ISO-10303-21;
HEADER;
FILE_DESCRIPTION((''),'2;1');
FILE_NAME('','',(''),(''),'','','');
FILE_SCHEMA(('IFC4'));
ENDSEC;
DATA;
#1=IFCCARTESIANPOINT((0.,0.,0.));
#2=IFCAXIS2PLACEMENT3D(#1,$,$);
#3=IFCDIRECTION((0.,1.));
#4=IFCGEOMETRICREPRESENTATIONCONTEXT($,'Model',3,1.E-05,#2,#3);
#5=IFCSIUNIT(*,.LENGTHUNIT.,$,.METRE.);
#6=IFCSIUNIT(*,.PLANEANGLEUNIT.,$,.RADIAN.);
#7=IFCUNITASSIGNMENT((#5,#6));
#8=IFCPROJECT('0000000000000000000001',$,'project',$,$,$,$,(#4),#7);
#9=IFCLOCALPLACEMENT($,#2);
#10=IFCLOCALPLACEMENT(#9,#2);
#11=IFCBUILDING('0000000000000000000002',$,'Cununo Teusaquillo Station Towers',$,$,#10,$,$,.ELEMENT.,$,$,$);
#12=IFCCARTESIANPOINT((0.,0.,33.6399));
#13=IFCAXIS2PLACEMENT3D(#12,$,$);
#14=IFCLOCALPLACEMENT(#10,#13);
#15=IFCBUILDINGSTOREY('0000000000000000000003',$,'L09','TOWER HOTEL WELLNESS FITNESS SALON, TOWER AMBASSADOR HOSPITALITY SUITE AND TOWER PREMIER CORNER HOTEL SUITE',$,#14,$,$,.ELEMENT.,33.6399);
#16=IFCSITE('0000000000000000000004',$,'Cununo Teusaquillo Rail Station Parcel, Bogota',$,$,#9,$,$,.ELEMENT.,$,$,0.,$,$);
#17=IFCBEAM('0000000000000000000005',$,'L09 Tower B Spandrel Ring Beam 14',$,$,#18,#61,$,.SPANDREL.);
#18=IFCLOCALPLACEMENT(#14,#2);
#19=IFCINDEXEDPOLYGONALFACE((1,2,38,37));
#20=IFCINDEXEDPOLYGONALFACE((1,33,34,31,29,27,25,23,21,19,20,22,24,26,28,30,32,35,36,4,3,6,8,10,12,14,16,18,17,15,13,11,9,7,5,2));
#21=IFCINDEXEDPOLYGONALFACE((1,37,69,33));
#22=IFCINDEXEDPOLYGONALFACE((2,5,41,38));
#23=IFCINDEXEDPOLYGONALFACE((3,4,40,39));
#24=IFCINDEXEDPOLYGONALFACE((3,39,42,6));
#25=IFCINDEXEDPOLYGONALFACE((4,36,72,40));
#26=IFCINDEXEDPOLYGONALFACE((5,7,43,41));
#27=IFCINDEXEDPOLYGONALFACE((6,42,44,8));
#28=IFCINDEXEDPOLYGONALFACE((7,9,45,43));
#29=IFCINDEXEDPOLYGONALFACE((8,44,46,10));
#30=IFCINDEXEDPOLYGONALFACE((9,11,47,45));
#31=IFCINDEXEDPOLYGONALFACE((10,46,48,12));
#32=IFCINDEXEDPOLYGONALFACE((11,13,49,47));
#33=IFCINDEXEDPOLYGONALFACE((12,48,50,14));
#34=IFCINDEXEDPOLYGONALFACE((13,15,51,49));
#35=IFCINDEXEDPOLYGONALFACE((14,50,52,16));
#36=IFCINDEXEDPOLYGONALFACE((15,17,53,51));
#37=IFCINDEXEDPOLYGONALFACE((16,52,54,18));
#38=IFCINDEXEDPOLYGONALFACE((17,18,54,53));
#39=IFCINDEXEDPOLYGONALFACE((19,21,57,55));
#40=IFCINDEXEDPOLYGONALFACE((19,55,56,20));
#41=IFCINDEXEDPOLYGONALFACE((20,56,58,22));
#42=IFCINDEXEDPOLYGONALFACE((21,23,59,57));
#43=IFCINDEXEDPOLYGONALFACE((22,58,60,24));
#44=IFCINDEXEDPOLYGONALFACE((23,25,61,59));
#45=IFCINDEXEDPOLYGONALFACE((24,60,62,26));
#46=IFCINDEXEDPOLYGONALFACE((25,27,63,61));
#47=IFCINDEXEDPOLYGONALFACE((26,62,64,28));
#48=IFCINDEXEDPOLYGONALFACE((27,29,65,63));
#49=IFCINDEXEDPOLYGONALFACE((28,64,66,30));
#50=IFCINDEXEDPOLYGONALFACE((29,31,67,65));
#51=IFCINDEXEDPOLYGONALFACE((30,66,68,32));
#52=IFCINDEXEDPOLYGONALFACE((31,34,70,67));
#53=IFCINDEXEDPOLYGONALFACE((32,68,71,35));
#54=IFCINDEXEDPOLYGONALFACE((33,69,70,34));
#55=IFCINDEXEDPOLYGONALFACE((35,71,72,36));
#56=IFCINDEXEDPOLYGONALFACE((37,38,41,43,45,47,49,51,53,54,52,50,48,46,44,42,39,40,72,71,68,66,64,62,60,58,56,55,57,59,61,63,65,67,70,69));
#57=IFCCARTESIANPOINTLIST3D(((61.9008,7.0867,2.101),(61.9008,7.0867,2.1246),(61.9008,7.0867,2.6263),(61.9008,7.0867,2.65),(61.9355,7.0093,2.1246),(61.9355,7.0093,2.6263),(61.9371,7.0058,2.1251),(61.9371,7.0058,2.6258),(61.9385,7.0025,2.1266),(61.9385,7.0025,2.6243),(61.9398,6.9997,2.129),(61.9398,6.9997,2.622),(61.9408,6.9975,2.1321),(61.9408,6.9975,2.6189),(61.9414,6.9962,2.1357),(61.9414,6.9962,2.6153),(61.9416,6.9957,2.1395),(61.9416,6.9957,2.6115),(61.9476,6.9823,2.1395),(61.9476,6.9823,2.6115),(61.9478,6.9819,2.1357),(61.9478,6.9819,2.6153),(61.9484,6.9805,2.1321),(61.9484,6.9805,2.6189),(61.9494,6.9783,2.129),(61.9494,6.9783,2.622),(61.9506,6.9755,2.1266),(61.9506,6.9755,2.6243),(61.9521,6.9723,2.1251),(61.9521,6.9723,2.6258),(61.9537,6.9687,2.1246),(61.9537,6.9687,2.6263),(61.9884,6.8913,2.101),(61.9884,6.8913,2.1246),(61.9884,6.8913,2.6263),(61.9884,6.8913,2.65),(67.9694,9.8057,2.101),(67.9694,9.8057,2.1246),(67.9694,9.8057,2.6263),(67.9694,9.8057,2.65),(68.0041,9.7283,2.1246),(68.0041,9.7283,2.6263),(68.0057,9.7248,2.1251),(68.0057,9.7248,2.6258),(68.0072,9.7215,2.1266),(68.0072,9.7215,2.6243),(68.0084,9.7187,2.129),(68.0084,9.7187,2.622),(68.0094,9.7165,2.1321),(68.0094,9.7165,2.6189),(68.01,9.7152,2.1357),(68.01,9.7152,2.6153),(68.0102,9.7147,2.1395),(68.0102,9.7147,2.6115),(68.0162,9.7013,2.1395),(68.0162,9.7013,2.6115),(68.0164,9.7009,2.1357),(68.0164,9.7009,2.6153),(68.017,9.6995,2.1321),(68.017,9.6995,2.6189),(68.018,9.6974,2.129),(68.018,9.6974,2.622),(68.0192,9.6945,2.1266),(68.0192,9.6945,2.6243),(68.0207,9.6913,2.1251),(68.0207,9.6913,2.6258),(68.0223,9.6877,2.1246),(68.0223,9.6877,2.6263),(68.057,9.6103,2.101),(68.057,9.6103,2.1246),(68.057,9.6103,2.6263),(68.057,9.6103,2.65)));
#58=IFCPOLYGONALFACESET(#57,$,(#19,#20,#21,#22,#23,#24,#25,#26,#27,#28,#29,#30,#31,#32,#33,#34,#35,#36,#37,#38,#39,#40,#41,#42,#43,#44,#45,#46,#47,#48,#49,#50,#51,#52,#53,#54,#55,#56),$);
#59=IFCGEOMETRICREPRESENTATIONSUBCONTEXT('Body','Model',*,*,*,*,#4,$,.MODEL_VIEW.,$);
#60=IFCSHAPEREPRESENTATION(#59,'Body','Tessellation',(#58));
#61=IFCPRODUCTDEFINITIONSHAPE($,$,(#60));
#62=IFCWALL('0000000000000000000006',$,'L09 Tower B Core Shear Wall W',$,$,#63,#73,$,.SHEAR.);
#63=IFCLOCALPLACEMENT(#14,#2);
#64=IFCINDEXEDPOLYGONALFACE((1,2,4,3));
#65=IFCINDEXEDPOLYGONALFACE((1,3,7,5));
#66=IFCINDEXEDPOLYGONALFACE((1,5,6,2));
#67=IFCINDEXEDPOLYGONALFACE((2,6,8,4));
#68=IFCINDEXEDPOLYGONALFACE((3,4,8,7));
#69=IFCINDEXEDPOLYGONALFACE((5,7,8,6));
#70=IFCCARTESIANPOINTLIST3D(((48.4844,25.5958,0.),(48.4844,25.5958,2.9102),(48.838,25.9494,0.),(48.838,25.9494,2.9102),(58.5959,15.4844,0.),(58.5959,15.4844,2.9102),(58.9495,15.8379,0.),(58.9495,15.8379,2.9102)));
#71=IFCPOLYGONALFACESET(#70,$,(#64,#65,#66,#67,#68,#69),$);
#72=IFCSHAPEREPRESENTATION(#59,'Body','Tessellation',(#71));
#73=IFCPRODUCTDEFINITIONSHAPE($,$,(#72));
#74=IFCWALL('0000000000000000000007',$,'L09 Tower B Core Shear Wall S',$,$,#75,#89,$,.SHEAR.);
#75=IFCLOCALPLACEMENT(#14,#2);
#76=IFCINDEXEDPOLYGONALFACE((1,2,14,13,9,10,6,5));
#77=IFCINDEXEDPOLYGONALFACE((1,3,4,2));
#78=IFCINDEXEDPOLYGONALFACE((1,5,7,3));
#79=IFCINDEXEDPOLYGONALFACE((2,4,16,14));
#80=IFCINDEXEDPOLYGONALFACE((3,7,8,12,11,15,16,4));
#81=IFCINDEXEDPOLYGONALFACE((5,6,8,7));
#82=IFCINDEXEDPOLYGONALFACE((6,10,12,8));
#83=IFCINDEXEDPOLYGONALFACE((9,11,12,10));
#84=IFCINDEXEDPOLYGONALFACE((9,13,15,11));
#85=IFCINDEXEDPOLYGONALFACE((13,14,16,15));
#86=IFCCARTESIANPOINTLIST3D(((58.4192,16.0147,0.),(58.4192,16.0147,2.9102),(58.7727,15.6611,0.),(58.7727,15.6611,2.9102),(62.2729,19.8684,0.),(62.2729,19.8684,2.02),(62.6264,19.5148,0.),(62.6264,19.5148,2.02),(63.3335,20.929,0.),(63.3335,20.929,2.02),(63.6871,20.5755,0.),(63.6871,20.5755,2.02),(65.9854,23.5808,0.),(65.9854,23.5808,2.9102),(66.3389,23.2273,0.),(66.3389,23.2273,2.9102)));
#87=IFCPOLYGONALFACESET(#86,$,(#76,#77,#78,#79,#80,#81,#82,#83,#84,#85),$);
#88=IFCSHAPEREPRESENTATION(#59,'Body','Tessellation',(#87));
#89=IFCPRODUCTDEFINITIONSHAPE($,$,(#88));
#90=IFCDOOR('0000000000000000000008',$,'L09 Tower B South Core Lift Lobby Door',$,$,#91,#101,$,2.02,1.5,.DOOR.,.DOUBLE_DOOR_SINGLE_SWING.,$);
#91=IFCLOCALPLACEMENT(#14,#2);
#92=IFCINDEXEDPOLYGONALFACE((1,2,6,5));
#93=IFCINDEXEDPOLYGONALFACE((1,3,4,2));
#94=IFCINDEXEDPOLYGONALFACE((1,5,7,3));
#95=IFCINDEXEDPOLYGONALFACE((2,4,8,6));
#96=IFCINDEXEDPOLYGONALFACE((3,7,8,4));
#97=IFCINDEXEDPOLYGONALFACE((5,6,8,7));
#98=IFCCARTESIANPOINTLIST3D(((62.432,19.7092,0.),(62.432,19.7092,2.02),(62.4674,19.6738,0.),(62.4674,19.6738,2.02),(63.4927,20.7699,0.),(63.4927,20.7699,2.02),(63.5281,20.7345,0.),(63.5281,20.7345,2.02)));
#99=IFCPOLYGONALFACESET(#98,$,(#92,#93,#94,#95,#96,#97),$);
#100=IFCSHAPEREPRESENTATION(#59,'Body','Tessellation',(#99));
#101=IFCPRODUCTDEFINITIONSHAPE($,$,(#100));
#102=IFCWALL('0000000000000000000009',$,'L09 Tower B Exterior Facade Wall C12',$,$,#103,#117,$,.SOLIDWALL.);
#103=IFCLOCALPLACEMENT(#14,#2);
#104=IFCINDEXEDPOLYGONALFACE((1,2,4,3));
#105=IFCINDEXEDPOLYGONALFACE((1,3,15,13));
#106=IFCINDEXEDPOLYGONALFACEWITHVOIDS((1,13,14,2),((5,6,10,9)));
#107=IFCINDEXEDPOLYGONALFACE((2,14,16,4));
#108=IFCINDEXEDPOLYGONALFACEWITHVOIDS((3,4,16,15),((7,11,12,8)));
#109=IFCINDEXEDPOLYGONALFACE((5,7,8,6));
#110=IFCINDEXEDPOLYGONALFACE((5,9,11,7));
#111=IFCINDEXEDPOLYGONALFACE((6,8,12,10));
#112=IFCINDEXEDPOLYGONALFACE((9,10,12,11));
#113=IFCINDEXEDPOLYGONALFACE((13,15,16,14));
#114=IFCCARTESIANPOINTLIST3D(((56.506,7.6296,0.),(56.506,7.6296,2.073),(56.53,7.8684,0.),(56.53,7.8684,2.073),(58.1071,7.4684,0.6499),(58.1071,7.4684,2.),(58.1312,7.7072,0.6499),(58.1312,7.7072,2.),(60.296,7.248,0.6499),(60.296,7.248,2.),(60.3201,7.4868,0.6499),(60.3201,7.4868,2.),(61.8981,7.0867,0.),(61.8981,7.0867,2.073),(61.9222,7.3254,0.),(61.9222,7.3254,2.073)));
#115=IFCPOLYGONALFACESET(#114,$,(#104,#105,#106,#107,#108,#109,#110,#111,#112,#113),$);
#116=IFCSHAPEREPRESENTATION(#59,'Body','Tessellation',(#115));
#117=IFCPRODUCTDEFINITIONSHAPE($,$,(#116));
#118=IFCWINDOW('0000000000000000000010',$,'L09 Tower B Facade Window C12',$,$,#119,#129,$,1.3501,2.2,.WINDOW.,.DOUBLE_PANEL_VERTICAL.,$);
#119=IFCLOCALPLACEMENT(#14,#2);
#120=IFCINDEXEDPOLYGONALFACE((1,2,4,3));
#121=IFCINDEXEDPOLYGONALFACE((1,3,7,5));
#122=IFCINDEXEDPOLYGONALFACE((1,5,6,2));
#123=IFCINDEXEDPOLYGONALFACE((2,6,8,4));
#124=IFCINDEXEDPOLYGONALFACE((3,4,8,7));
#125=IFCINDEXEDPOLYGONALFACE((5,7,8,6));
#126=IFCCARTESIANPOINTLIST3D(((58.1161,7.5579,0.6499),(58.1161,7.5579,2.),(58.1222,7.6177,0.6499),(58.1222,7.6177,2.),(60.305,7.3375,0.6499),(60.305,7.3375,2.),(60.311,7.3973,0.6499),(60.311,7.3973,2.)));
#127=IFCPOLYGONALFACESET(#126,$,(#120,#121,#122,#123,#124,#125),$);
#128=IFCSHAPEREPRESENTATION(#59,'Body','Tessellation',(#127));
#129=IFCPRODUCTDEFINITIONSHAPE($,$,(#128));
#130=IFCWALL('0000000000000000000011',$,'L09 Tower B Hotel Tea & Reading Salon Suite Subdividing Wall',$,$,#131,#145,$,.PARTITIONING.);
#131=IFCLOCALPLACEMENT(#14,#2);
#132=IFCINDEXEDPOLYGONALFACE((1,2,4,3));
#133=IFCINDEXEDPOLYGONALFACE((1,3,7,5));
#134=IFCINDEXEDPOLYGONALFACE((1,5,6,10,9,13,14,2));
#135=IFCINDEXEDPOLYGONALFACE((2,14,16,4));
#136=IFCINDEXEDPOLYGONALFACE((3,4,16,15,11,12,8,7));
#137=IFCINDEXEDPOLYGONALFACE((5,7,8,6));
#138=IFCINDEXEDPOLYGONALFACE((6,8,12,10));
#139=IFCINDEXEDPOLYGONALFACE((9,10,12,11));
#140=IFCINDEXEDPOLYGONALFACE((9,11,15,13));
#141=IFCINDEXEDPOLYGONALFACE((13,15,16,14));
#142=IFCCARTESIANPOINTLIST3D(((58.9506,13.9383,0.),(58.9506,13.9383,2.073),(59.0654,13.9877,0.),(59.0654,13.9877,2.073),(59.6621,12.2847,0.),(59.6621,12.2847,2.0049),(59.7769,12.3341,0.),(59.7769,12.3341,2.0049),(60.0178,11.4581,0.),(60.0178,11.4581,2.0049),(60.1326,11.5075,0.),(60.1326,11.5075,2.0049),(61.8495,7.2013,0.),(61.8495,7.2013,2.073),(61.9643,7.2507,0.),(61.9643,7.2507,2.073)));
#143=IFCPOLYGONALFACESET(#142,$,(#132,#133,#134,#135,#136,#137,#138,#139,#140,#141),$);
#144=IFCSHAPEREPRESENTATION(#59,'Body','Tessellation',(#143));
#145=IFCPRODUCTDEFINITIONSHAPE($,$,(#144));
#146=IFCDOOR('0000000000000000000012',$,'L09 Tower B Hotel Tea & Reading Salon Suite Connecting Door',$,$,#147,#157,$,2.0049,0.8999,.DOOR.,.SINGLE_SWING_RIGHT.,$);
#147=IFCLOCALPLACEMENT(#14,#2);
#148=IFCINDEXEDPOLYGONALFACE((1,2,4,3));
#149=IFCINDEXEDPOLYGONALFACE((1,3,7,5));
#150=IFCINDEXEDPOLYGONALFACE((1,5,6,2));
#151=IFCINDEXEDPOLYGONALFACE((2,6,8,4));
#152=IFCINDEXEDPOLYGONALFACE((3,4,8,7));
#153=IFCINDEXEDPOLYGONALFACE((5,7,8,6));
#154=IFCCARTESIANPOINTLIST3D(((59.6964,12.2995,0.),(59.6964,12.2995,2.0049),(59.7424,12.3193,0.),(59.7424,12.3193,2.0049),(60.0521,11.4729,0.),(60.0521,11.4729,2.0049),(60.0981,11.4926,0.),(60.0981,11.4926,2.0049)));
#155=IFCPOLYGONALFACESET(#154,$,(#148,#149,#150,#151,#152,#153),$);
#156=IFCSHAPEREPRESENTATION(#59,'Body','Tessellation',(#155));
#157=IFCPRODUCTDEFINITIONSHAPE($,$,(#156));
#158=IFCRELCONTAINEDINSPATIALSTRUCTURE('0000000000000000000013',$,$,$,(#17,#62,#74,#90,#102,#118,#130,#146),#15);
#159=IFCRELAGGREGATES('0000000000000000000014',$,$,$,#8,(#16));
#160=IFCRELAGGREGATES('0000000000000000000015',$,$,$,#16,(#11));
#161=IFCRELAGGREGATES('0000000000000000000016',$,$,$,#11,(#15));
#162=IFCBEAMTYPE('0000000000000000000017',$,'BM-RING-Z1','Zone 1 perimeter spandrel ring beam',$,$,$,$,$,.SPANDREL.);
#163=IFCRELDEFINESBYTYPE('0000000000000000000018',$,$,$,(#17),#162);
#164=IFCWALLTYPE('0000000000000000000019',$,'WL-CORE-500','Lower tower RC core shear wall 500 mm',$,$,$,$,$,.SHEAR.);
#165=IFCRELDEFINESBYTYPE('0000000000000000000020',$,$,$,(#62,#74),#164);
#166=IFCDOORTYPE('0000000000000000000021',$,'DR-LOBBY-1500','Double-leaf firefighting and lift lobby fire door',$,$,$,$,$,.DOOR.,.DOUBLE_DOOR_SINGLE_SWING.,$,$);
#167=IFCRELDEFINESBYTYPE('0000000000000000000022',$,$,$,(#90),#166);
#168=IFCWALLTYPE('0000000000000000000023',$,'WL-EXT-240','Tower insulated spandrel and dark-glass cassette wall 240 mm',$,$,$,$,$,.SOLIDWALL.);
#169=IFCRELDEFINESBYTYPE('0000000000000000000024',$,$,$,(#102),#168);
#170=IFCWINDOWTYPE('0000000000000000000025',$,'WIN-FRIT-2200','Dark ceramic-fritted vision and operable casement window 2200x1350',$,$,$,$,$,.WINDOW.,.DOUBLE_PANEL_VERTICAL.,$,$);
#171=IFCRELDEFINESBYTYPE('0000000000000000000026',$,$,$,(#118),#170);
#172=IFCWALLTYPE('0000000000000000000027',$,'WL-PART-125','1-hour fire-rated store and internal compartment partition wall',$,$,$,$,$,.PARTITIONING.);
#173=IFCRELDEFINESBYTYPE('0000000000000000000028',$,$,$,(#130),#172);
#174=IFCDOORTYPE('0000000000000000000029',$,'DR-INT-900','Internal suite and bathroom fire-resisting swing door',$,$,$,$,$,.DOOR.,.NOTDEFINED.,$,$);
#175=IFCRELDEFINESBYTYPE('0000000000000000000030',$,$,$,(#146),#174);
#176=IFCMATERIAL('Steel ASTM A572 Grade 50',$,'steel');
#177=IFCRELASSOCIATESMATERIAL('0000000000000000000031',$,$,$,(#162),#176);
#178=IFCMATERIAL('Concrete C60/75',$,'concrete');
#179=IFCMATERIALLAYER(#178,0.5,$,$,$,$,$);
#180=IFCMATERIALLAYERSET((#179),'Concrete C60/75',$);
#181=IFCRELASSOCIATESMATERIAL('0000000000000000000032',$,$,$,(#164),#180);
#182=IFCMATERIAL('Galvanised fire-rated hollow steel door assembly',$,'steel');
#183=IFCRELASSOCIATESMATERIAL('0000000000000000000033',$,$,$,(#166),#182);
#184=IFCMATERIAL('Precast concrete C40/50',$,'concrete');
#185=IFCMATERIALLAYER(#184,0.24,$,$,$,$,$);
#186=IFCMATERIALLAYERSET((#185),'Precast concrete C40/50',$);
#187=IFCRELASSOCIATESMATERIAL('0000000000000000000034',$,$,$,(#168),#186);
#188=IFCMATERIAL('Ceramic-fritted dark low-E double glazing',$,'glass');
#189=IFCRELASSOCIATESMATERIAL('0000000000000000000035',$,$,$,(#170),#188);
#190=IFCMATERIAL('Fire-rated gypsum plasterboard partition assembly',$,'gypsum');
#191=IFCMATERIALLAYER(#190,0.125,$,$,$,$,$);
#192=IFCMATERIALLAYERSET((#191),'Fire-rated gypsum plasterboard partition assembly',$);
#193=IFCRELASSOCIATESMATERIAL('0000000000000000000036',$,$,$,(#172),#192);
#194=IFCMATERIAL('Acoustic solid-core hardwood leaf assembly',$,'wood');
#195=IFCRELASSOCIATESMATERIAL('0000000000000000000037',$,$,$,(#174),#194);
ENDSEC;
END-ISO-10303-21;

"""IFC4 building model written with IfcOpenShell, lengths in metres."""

from ifc_helpers import new_model, si_unit, direction, frame, frame_2d, origin, origin_2d, place, context, subcontext, project, spatial, rectangle, i_section, extrude, source, transform, mapped, material, layer, layer_set, material_profile, profile_set, type_object, element, fill, save


model = new_model("IFC4")

# Units and contexts
model_context = context("Model", 3, precision=1e-05, world=origin(), true_north=direction((0.0, 1.0)))
body_context = subcontext(model_context, "Body", "Model", "MODEL_VIEW")
ifc_project = project(units=[si_unit("LENGTHUNIT", "METRE"), si_unit("PLANEANGLEUNIT", "RADIAN")], contexts=[model_context])

# Site, building, storey
site_placement = place(None, origin())
site = spatial("IfcSite", under=ifc_project, at=site_placement, Name="Cununo Teusaquillo Rail Station Parcel, Bogota", CompositionType="ELEMENT", RefElevation=0.0)
building_placement = place(site_placement, origin())
building = spatial("IfcBuilding", under=site, at=building_placement, Name="Cununo Teusaquillo Station Towers", CompositionType="ELEMENT")
storey_placement = place(building_placement, frame((0.0, 0.0, 33.6399)))
storey = spatial("IfcBuildingStorey", under=building, at=storey_placement, Name="L09", Description="TOWER HOTEL WELLNESS FITNESS SALON, TOWER AMBASSADOR HOSPITALITY SUITE AND TOWER PREMIER CORNER HOTEL SUITE", CompositionType="ELEMENT", Elevation=33.6399)

# Beam
ifc_material_1 = material(Name="Steel ASTM A572 Grade 50", Category="steel")
ifc_material_profile_1 = material_profile(ifc_material_1, i_section(OverallWidth=0.2141, OverallDepth=0.5491, WebThickness=0.0146, FlangeThickness=0.0237, FilletRadius=0.0149, at=origin_2d()), Name="W21X93")
ifc_profile_set_1 = profile_set([ifc_material_profile_1], Name="Steel ASTM A572 Grade 50")
beam_type_1 = type_object("IfcBeamType", Name="BM-RING-Z1", Description="Zone 1 perimeter spandrel ring beam", PredefinedType="SPANDREL", material=ifc_profile_set_1)
beam_1_placement = place(storey_placement, frame((61.9446, 6.989, 2.3755), z_axis=(0.912589, 0.408879, 0.0), x_axis=(-0.408879, 0.912589, 0.0)))
element("IfcBeam", 1, at=beam_1_placement, inside=storey, type_object=beam_type_1, Name="L09 Tower B Spandrel Ring Beam 14", PredefinedType="SPANDREL", context=body_context, shape_type="SweptSolid", body=[
    extrude(i_section(OverallWidth=0.2141, OverallDepth=0.5491, WebThickness=0.0146, FlangeThickness=0.0237, FilletRadius=0.0149, at=origin_2d()), origin(), (0.0, 0.0, 1.0), 6.6499),
])

# Wall
ifc_material_2 = material(Name="Concrete C60/75", Category="concrete")
ifc_layer_1 = layer(ifc_material_2, 0.5)
ifc_layer_set_1 = layer_set([ifc_layer_1], Name="Concrete C60/75")
wall_type_1 = type_object("IfcWallType", Name="WL-CORE-500", Description="Lower tower RC core shear wall 500 mm", PredefinedType="SHEAR", material=ifc_layer_set_1)
wall_1_placement = place(storey_placement, frame((58.7727, 15.6611, 0.0), z_axis=(0.0, 0.0, 1.0), x_axis=(-0.707107, 0.707107, 0.0)))
element("IfcWall", 2, at=wall_1_placement, inside=storey, type_object=wall_type_1, Name="L09 Tower B Core Shear Wall W", PredefinedType="SHEAR", context=body_context, shape_type="SweptSolid", body=[
    extrude(rectangle(XDim=14.2998, YDim=0.5, at=frame_2d((7.1499, 0.0))), origin(), (0.0, 0.0, 1.0), 2.9102),
])

# Wall, opening, door
wall_2_placement = place(storey_placement, frame((58.5959, 15.8379, 0.0), z_axis=(0.0, 0.0, 1.0), x_axis=(0.707107, 0.707107, 0.0)))
wall_2 = element("IfcWall", 3, at=wall_2_placement, inside=storey, type_object=wall_type_1, Name="L09 Tower B Core Shear Wall S", PredefinedType="SHEAR", context=body_context, shape_type="SweptSolid", body=[
    extrude(rectangle(XDim=10.7002, YDim=0.5, at=frame_2d((5.3501, 0.0))), origin(), (0.0, 0.0, 1.0), 2.9102),
])
shared_shape_1 = source(origin(), body_context, "Body", "SweptSolid", [
    extrude(rectangle(XDim=1.5, YDim=2.02, at=frame_2d((0.75, 1.01))), frame((0.0, 0.26, 0.0), z_axis=(0.0, -1.0, 0.0), x_axis=(1.0, 0.0, 0.0)), (0.0, 0.0, 1.0), 0.52),
])
opening_1_placement = place(wall_2_placement, frame((5.45, 0.0, 0.0)))
opening_1 = element("IfcOpeningElement", 4, at=opening_1_placement, cuts=wall_2, PredefinedType="OPENING", context=body_context, shape_type="MappedRepresentation", body=[
    mapped(shared_shape_1, transform((0.0, 0.0, 0.0), x_axis=(1.0, 0.0, 0.0), y_axis=(0.0, 1.0, 0.0), z_axis=(0.0, 0.0, 1.0), scale=1.0)),
])
ifc_material_3 = material(Name="Galvanised fire-rated hollow steel door assembly", Category="steel")
door_type_1 = type_object("IfcDoorType", Name="DR-LOBBY-1500", Description="Double-leaf firefighting and lift lobby fire door", OperationType="DOUBLE_DOOR_SINGLE_SWING", PredefinedType="DOOR", material=ifc_material_3)
shared_shape_2 = source(origin(), body_context, "Body", "SweptSolid", [
    extrude(rectangle(XDim=1.5, YDim=2.02, at=frame_2d((0.75, 1.01))), frame((0.0, 0.0249, 0.0), z_axis=(0.0, -1.0, 0.0), x_axis=(1.0, 0.0, 0.0)), (0.0, 0.0, 1.0), 0.05),
])
door_1_placement = place(opening_1_placement, origin())
door_1 = element("IfcDoor", 5, at=door_1_placement, inside=storey, type_object=door_type_1, Name="L09 Tower B South Core Lift Lobby Door", OperationType="DOUBLE_DOOR_SINGLE_SWING", OverallHeight=2.02, OverallWidth=1.5, PredefinedType="DOOR", context=body_context, shape_type="MappedRepresentation", body=[
    mapped(shared_shape_2, transform((0.0, 0.0, 0.0), x_axis=(1.0, 0.0, 0.0), y_axis=(0.0, 1.0, 0.0), z_axis=(0.0, 0.0, 1.0), scale=1.0)),
])
fill(opening_1, door_1)

# Wall, opening, window
ifc_material_4 = material(Name="Precast concrete C40/50", Category="concrete")
ifc_layer_2 = layer(ifc_material_4, 0.24)
ifc_layer_set_2 = layer_set([ifc_layer_2], Name="Precast concrete C40/50")
wall_type_2 = type_object("IfcWallType", Name="WL-EXT-240", Description="Tower insulated spandrel and dark-glass cassette wall 240 mm", PredefinedType="SOLIDWALL", material=ifc_layer_set_2)
wall_3_placement = place(storey_placement, frame((61.9102, 7.2061, 0.0), z_axis=(0.0, 0.0, 1.0), x_axis=(-0.994968, 0.100191, 0.0)))
wall_3 = element("IfcWall", 6, at=wall_3_placement, inside=storey, type_object=wall_type_2, Name="L09 Tower B Exterior Facade Wall C12", PredefinedType="SOLIDWALL", context=body_context, shape_type="SweptSolid", body=[
    extrude(rectangle(XDim=5.4194, YDim=0.24, at=frame_2d((2.7097, 0.0))), origin(), (0.0, 0.0, 1.0), 2.073),
])
shared_shape_3 = source(origin(), body_context, "Body", "SweptSolid", [
    extrude(rectangle(XDim=2.2, YDim=1.3501, at=frame_2d((1.1001, 0.675))), frame((0.0, 0.1299, 0.0), z_axis=(0.0, -1.0, 0.0), x_axis=(1.0, 0.0, 0.0)), (0.0, 0.0, 1.0), 0.26),
])
opening_2_placement = place(wall_3_placement, frame((1.6101, 0.0, 0.6499)))
opening_2 = element("IfcOpeningElement", 7, at=opening_2_placement, cuts=wall_3, PredefinedType="OPENING", context=body_context, shape_type="MappedRepresentation", body=[
    mapped(shared_shape_3, transform((0.0, 0.0, 0.0), x_axis=(1.0, 0.0, 0.0), y_axis=(0.0, 1.0, 0.0), z_axis=(0.0, 0.0, 1.0), scale=1.0)),
])
ifc_material_5 = material(Name="Ceramic-fritted dark low-E double glazing", Category="glass")
window_type = type_object("IfcWindowType", Name="WIN-FRIT-2200", Description="Dark ceramic-fritted vision and operable casement window 2200x1350", PartitioningType="DOUBLE_PANEL_VERTICAL", PredefinedType="WINDOW", material=ifc_material_5)
shared_shape_4 = source(origin(), body_context, "Body", "SweptSolid", [
    extrude(rectangle(XDim=2.2, YDim=1.3501, at=frame_2d((1.1001, 0.675))), frame((0.0, 0.03, 0.0), z_axis=(0.0, -1.0, 0.0), x_axis=(1.0, 0.0, 0.0)), (0.0, 0.0, 1.0), 0.0601),
])
window_placement = place(opening_2_placement, origin())
window = element("IfcWindow", 8, at=window_placement, inside=storey, type_object=window_type, Name="L09 Tower B Facade Window C12", OverallHeight=1.3501, OverallWidth=2.2, PartitioningType="DOUBLE_PANEL_VERTICAL", PredefinedType="WINDOW", context=body_context, shape_type="MappedRepresentation", body=[
    mapped(shared_shape_4, transform((0.0, 0.0, 0.0), x_axis=(1.0, 0.0, 0.0), y_axis=(0.0, 1.0, 0.0), z_axis=(0.0, 0.0, 1.0), scale=1.0)),
])
fill(opening_2, window)

# Wall, opening, door
ifc_material_6 = material(Name="Fire-rated gypsum plasterboard partition assembly", Category="gypsum")
ifc_layer_3 = layer(ifc_material_6, 0.125)
ifc_layer_set_3 = layer_set([ifc_layer_3], Name="Fire-rated gypsum plasterboard partition assembly")
wall_type_3 = type_object("IfcWallType", Name="WL-PART-125", Description="1-hour fire-rated store and internal compartment partition wall", PredefinedType="PARTITIONING", material=ifc_layer_set_3)
wall_4_placement = place(storey_placement, frame((59.0081, 13.9629, 0.0), z_axis=(0.0, 0.0, 1.0), x_axis=(0.395257, -0.918571, 0.0)))
wall_4 = element("IfcWall", 9, at=wall_4_placement, inside=storey, type_object=wall_type_3, Name="L09 Tower B Hotel Tea & Reading Salon Suite Subdividing Wall", PredefinedType="PARTITIONING", context=body_context, shape_type="SweptSolid", body=[
    extrude(rectangle(XDim=7.3342, YDim=0.125, at=frame_2d((3.667, 0.0))), origin(), (0.0, 0.0, 1.0), 2.073),
])
shared_shape_5 = source(origin(), body_context, "Body", "SweptSolid", [
    extrude(rectangle(XDim=0.8999, YDim=2.0049, at=frame_2d((0.45, 1.0024))), frame((0.0, 0.0725, 0.0), z_axis=(0.0, -1.0, 0.0), x_axis=(1.0, 0.0, 0.0)), (0.0, 0.0, 1.0), 0.145),
])
opening_3_placement = place(wall_4_placement, frame((1.8, 0.0, 0.0)))
opening_3 = element("IfcOpeningElement", 10, at=opening_3_placement, cuts=wall_4, PredefinedType="OPENING", context=body_context, shape_type="MappedRepresentation", body=[
    mapped(shared_shape_5, transform((0.0, 0.0, 0.0), x_axis=(1.0, 0.0, 0.0), y_axis=(0.0, 1.0, 0.0), z_axis=(0.0, 0.0, 1.0), scale=1.0)),
])
ifc_material_7 = material(Name="Acoustic solid-core hardwood leaf assembly", Category="wood")
door_type_2 = type_object("IfcDoorType", Name="DR-INT-900", Description="Internal suite and bathroom fire-resisting swing door", OperationType="NOTDEFINED", PredefinedType="DOOR", material=ifc_material_7)
shared_shape_6 = source(origin(), body_context, "Body", "SweptSolid", [
    extrude(rectangle(XDim=0.8999, YDim=2.0049, at=frame_2d((0.45, 1.0024))), frame((0.0, 0.0249, 0.0), z_axis=(0.0, -1.0, 0.0), x_axis=(1.0, 0.0, 0.0)), (0.0, 0.0, 1.0), 0.05),
])
door_2_placement = place(opening_3_placement, origin())
door_2 = element("IfcDoor", 11, at=door_2_placement, inside=storey, type_object=door_type_2, Name="L09 Tower B Hotel Tea & Reading Salon Suite Connecting Door", OperationType="SINGLE_SWING_RIGHT", OverallHeight=2.0049, OverallWidth=0.8999, PredefinedType="DOOR", context=body_context, shape_type="MappedRepresentation", body=[
    mapped(shared_shape_6, transform((0.0, 0.0, 0.0), x_axis=(1.0, 0.0, 0.0), y_axis=(0.0, 1.0, 0.0), z_axis=(0.0, 0.0, 1.0), scale=1.0)),
])
fill(opening_3, door_2)

save(model, "model.ifc")
